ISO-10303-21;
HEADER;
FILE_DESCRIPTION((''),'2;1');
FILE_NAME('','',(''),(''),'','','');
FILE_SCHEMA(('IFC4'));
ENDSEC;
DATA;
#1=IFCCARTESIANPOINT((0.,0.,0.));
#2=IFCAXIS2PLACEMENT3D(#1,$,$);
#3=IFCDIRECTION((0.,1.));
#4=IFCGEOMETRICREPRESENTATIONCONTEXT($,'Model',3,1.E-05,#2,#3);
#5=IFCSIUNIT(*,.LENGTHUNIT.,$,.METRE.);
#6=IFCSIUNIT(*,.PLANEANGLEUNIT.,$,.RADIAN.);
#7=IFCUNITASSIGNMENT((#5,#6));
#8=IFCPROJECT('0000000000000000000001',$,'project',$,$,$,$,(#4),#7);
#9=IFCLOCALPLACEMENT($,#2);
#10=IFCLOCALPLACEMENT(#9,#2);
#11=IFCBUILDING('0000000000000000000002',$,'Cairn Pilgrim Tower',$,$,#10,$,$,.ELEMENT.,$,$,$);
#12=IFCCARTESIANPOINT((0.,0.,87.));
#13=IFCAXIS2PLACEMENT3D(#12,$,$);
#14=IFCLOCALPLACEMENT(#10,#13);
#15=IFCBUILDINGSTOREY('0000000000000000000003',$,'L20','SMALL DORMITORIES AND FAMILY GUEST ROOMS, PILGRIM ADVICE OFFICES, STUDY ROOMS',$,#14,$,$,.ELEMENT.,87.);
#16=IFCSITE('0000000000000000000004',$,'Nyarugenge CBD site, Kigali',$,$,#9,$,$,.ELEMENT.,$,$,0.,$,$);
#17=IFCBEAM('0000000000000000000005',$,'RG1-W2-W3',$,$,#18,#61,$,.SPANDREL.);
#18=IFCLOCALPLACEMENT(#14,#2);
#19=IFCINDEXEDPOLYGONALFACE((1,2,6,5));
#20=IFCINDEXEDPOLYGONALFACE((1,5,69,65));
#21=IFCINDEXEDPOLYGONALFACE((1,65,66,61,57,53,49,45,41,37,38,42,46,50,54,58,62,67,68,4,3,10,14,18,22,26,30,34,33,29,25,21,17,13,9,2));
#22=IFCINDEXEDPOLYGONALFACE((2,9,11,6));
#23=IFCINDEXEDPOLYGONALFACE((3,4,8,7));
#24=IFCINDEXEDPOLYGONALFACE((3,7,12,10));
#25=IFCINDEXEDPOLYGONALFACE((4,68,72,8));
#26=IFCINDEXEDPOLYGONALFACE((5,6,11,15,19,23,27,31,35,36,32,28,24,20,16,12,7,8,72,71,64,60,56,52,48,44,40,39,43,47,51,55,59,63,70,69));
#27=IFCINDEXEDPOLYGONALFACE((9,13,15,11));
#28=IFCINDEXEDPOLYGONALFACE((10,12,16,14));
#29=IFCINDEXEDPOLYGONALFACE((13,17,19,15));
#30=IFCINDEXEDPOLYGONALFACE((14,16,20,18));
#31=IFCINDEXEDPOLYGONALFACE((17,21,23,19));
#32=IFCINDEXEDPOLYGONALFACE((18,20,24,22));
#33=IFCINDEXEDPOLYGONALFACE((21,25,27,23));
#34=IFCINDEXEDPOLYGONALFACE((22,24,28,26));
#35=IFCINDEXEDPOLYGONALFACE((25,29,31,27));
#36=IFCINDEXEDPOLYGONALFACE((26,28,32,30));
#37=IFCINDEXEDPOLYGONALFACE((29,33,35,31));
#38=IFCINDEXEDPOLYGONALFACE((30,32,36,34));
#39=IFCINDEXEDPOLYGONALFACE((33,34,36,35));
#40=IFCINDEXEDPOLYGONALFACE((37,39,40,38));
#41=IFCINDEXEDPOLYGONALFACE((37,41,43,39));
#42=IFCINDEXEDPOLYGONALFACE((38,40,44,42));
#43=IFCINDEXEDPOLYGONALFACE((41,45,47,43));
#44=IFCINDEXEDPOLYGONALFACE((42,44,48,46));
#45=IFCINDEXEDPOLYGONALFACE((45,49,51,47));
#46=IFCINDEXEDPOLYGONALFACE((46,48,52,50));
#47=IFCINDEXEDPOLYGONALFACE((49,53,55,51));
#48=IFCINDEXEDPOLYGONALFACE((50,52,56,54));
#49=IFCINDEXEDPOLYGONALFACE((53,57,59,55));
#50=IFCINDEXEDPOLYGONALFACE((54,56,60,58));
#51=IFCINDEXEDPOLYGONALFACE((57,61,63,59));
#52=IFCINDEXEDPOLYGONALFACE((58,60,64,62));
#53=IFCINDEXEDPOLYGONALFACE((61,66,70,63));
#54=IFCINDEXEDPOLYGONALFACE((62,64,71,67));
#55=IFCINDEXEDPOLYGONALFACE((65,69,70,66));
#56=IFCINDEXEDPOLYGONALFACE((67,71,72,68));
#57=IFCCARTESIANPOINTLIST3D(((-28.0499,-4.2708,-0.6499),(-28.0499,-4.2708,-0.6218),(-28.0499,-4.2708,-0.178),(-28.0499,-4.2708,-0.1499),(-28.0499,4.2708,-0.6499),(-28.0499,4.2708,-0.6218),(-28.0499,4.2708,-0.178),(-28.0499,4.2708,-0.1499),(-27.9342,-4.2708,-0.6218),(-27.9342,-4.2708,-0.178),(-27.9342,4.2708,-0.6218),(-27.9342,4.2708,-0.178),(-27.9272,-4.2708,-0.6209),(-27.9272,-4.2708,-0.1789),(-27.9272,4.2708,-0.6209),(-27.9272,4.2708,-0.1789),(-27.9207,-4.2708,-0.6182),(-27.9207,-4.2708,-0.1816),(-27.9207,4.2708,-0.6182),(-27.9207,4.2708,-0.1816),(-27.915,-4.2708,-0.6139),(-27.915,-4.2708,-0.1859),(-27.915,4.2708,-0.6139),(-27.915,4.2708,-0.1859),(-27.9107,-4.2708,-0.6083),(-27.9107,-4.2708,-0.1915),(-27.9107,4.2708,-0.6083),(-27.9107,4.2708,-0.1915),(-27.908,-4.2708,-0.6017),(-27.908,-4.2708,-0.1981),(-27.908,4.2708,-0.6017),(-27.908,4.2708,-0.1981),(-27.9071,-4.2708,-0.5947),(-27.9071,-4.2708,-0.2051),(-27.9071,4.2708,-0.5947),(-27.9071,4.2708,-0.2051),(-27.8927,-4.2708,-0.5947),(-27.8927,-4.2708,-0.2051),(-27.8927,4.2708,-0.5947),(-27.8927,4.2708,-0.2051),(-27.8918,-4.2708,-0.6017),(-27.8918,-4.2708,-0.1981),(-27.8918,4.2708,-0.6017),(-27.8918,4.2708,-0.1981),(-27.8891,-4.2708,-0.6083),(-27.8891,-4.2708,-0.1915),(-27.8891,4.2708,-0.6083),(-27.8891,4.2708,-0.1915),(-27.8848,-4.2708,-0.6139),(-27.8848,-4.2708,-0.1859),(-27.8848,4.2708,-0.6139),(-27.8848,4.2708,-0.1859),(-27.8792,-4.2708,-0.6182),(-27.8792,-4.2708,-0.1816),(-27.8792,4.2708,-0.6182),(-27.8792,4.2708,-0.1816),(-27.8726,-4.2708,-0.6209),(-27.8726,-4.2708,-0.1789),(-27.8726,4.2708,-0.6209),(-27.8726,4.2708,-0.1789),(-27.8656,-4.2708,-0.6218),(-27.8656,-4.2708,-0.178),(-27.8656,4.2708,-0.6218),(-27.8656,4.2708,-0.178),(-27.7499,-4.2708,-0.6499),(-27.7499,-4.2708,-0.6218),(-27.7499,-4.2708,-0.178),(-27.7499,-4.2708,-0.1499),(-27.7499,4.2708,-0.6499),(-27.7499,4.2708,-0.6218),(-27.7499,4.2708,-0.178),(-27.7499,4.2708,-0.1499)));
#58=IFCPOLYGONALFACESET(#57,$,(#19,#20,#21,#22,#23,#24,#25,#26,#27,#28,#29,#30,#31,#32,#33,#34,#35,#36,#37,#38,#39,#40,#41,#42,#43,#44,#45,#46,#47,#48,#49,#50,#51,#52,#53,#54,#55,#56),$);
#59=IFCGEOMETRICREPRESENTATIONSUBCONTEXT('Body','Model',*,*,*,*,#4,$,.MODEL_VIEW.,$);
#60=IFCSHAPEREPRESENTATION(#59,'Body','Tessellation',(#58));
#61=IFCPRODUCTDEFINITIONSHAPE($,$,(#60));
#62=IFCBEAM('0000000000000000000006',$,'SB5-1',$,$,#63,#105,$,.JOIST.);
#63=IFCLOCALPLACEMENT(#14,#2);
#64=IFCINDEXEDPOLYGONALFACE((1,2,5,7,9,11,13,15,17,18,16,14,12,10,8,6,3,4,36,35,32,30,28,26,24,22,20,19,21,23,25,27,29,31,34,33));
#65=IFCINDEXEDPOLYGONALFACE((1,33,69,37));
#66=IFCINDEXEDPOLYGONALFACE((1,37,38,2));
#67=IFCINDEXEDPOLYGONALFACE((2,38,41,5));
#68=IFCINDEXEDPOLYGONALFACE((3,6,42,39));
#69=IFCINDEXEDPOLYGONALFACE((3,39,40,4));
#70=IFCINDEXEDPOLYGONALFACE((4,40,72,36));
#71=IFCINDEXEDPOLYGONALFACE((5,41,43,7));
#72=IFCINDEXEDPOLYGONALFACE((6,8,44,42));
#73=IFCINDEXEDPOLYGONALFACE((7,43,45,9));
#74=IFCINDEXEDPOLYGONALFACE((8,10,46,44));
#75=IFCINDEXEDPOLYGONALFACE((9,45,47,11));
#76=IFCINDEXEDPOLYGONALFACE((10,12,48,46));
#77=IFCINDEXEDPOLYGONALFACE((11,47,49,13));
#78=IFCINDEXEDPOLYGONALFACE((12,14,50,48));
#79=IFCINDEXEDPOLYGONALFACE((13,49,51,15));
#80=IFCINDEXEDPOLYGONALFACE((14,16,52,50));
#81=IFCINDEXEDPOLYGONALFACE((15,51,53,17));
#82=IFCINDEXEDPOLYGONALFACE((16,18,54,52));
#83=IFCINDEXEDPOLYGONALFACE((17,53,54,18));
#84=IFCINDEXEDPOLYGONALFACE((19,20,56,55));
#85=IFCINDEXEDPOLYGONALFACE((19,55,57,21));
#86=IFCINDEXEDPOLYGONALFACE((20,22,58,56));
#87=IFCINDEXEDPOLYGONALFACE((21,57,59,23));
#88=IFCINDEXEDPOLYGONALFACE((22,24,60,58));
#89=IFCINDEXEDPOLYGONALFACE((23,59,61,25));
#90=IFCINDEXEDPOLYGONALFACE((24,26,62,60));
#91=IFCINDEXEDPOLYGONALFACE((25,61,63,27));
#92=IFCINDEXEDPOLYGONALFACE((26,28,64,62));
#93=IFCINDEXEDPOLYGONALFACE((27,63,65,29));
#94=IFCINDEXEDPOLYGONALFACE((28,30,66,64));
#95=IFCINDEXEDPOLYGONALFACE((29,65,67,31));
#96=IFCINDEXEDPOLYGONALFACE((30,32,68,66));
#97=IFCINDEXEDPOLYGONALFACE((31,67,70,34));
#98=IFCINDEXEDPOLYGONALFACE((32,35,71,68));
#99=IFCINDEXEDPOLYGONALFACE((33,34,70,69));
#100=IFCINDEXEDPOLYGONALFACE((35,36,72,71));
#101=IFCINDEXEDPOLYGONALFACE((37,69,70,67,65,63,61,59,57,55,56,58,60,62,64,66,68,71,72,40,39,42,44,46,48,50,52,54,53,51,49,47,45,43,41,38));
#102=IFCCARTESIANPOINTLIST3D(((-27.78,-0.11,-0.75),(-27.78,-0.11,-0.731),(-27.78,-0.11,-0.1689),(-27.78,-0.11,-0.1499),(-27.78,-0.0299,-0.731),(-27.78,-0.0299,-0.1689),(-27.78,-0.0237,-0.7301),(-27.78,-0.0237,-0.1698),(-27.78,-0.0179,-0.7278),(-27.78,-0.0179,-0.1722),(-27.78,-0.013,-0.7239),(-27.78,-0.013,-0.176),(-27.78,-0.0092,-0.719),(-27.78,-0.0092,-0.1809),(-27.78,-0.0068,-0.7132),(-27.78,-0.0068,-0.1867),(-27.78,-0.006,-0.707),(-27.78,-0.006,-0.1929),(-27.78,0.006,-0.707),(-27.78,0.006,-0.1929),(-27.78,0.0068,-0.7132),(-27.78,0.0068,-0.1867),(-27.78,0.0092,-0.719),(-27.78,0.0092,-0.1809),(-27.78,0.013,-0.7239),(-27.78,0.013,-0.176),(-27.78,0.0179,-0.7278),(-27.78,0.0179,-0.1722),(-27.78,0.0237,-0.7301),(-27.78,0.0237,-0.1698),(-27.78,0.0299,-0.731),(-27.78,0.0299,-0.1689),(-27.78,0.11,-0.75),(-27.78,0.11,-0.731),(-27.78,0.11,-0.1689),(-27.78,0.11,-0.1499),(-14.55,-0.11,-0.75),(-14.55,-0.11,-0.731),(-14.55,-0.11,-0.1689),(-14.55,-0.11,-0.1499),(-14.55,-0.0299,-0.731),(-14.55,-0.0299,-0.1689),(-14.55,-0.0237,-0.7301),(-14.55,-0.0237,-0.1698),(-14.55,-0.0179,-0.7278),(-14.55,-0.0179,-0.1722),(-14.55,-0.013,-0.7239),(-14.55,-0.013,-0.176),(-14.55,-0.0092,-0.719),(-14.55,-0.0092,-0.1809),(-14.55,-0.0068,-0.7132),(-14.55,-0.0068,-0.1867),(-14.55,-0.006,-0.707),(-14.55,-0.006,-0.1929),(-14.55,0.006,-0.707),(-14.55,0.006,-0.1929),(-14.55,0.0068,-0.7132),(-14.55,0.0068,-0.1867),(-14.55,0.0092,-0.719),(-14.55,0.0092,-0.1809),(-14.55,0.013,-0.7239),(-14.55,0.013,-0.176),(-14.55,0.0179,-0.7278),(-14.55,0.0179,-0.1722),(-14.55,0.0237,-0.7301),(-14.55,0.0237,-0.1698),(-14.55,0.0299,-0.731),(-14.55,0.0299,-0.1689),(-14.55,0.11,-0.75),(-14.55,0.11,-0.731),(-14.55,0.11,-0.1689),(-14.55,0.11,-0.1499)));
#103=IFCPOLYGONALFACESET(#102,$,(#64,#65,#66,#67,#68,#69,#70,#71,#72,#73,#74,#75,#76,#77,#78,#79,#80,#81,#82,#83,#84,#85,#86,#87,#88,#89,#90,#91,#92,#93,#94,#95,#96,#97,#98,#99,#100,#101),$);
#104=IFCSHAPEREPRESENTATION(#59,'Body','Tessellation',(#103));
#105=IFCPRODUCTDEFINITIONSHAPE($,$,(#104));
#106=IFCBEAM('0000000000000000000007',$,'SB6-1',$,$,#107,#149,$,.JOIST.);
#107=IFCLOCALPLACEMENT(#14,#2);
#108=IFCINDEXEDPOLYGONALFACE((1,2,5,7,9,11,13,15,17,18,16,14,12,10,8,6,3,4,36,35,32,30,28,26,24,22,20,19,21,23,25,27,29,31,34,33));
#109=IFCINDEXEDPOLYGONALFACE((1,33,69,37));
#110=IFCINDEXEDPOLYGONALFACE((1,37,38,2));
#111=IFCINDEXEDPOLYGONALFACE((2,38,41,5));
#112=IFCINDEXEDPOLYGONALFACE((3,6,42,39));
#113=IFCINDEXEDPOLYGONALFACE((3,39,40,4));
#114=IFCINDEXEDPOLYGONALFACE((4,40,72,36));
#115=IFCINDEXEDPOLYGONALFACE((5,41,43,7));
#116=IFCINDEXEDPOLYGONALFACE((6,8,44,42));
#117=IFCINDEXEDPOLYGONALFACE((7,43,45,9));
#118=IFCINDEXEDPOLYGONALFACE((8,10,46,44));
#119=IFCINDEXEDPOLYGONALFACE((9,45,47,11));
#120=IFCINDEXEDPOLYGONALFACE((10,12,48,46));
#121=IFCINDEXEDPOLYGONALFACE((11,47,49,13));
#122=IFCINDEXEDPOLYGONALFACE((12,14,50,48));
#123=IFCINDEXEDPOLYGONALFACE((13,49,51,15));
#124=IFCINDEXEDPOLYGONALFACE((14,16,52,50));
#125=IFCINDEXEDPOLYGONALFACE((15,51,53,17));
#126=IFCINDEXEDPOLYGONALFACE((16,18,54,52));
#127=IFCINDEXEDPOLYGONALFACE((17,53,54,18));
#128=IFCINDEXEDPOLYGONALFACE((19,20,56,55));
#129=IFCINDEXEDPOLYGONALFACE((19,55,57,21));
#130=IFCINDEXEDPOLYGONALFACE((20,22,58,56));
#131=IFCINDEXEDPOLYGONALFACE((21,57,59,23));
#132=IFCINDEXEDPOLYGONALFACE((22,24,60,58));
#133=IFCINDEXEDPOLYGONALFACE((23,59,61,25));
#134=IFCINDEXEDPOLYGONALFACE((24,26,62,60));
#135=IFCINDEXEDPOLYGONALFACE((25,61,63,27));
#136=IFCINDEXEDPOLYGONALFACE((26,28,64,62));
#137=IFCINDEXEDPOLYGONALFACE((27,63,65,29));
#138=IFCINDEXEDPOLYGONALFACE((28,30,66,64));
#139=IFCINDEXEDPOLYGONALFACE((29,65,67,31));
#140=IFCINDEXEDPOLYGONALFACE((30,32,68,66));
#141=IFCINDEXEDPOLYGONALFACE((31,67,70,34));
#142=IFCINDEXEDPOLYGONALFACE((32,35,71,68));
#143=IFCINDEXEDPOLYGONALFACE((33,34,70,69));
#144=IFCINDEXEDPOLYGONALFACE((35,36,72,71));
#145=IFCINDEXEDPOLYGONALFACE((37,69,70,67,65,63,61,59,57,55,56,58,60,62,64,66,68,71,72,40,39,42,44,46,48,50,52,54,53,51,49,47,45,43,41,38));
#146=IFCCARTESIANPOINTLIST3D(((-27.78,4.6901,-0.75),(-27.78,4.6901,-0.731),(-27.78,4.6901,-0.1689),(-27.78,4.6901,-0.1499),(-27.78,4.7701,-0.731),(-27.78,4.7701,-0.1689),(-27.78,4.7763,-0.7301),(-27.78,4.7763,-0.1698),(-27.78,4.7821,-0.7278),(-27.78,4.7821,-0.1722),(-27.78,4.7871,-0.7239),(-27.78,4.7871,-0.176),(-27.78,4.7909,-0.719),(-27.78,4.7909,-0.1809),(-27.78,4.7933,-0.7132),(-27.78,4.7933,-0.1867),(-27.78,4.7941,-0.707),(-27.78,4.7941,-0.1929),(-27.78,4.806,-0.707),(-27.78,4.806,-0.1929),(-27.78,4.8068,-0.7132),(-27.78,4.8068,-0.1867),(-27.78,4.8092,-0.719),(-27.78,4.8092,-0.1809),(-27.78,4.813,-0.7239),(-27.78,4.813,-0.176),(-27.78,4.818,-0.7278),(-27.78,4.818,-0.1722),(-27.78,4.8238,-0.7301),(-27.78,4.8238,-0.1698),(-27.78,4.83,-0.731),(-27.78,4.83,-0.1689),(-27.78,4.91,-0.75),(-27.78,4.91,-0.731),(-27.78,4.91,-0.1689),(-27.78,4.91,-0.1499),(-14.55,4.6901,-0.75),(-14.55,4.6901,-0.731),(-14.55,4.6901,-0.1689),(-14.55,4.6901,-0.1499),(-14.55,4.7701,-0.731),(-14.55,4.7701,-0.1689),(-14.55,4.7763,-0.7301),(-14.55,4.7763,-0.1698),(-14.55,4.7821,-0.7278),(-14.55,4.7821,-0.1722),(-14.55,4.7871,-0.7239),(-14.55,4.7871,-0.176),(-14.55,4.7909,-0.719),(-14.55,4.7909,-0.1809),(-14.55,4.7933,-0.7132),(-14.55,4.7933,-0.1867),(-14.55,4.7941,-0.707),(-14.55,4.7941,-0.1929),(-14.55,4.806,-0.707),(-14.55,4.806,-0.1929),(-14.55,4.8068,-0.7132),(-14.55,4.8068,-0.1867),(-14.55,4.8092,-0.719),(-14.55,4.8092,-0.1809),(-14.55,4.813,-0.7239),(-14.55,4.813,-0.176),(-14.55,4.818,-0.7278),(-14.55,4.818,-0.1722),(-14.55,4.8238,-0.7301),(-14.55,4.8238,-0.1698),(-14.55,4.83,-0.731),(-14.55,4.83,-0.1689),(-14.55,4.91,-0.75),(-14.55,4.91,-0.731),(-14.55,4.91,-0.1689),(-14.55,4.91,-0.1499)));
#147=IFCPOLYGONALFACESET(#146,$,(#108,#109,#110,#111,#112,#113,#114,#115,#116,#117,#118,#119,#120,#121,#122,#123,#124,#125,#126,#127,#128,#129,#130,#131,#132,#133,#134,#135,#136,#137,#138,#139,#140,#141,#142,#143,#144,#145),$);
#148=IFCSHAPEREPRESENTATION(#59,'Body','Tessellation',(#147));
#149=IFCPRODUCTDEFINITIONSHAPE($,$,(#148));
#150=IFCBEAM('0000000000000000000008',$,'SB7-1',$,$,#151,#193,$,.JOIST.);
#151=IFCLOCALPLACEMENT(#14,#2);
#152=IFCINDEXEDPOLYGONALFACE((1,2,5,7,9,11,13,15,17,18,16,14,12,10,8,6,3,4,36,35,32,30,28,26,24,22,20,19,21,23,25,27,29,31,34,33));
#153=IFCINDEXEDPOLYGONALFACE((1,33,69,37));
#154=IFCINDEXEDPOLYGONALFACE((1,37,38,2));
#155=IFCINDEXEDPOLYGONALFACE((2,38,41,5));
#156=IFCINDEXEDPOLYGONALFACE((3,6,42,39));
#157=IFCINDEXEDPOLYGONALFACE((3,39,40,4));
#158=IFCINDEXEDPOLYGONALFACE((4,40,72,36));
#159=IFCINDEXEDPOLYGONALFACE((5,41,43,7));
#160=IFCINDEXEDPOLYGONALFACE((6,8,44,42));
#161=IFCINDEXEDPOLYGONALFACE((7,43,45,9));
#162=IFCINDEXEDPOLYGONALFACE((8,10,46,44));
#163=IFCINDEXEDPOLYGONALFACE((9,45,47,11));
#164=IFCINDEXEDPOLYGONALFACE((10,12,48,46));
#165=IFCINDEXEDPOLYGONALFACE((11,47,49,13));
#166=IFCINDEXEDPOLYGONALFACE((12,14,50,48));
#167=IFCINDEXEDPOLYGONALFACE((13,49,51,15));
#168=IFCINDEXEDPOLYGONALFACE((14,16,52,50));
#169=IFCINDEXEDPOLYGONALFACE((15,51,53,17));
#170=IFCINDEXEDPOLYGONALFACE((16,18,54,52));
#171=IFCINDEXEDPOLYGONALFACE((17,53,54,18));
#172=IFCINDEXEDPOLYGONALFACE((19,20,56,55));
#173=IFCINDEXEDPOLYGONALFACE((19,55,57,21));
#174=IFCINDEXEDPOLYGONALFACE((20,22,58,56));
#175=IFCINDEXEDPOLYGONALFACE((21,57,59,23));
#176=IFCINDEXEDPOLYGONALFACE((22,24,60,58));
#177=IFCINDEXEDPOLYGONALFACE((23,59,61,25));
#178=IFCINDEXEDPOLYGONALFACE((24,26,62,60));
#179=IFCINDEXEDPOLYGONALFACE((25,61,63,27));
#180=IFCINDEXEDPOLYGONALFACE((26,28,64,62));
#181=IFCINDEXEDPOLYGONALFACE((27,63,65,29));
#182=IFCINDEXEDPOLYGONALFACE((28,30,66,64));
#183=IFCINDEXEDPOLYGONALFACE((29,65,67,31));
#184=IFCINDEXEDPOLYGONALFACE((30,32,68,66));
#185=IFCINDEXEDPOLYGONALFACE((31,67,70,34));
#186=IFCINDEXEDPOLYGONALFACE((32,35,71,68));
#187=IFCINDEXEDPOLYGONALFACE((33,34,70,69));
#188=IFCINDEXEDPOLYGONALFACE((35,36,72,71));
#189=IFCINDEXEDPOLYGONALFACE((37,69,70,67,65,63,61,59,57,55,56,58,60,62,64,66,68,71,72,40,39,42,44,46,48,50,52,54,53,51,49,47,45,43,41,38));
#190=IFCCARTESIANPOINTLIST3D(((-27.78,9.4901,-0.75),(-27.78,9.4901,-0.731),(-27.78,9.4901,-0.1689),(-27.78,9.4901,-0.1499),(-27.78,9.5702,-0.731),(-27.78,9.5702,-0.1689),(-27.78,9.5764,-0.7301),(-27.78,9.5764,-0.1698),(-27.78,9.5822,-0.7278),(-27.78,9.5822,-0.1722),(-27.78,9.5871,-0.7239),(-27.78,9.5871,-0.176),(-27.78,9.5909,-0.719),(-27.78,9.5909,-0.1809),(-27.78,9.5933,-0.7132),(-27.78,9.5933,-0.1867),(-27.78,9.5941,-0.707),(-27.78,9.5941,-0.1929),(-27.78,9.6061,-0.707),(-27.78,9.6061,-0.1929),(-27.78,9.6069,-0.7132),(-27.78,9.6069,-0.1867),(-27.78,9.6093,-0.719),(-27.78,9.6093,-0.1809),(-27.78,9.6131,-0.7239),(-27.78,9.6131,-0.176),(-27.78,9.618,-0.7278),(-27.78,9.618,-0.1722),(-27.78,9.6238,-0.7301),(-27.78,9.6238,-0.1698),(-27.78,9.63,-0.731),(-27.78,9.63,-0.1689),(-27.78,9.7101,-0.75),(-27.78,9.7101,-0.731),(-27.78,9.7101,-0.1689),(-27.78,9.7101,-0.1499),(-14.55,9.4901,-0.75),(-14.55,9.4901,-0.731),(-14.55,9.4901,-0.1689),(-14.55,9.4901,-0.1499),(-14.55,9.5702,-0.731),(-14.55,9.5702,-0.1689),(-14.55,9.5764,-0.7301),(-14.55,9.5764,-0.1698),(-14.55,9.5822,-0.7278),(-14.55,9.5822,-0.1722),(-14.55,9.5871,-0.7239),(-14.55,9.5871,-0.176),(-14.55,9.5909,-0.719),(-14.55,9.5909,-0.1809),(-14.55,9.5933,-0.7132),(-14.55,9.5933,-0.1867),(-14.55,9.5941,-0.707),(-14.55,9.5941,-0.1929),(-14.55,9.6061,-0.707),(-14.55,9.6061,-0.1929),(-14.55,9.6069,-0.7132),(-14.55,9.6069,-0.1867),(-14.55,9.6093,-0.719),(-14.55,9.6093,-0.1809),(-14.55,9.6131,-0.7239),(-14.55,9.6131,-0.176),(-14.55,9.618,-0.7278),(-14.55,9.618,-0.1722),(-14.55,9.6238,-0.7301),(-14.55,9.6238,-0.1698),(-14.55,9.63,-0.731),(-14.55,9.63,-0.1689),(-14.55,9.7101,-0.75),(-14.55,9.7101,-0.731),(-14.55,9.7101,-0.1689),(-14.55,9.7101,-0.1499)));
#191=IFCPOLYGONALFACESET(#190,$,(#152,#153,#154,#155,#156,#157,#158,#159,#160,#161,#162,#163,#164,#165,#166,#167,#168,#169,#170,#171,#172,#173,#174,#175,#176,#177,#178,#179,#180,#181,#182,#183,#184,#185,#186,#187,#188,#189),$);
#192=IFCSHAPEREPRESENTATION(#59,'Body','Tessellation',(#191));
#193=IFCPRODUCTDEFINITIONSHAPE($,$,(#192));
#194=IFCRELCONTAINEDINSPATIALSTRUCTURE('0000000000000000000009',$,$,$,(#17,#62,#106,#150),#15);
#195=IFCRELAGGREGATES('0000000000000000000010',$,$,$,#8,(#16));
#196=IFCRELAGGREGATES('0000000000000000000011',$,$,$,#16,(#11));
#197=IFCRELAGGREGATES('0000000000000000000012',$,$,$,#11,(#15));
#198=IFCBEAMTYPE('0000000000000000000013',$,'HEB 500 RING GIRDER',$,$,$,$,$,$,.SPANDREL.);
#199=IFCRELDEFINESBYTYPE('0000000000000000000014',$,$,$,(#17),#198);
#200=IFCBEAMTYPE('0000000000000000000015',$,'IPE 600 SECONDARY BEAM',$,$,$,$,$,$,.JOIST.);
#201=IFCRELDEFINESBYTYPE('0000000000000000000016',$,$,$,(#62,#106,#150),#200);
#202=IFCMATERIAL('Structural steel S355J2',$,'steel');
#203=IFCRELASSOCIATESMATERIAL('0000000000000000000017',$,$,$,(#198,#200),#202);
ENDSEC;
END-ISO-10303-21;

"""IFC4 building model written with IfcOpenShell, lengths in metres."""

from ifc_helpers import new_model, si_unit, direction, frame, origin, origin_2d, place, context, subcontext, project, spatial, i_section, extrude, material, material_profile, profile_set, type_object, element, save


model = new_model("IFC4")

# Units and contexts
model_context = context("Model", 3, precision=1e-05, world=origin(), true_north=direction((0.0, 1.0)))
body_context = subcontext(model_context, "Body", "Model", "MODEL_VIEW")
ifc_project = project(units=[si_unit("LENGTHUNIT", "METRE"), si_unit("PLANEANGLEUNIT", "RADIAN")], contexts=[model_context])

# Site, building, storey
site_placement = place(None, origin())
site = spatial("IfcSite", under=ifc_project, at=site_placement, Name="Nyarugenge CBD site, Kigali", CompositionType="ELEMENT", RefElevation=0.0)
building_placement = place(site_placement, origin())
building = spatial("IfcBuilding", under=site, at=building_placement, Name="Cairn Pilgrim Tower", CompositionType="ELEMENT")
storey_placement = place(building_placement, frame((0.0, 0.0, 87.0)))
storey = spatial("IfcBuildingStorey", under=building, at=storey_placement, Name="L20", Description="SMALL DORMITORIES AND FAMILY GUEST ROOMS, PILGRIM ADVICE OFFICES, STUDY ROOMS", CompositionType="ELEMENT", Elevation=87.0)

# Beams
ifc_material_1 = material(Name="Structural steel S355J2", Category="steel")
ifc_material_profile_1 = material_profile(ifc_material_1, i_section(OverallWidth=0.3, OverallDepth=0.5, WebThickness=0.0144, FlangeThickness=0.0281, FilletRadius=0.0271, at=origin_2d()), Name="HEB 500")
ifc_profile_set_1 = profile_set([ifc_material_profile_1], Name="Structural steel S355J2")
beam_type_1 = type_object("IfcBeamType", Name="HEB 500 RING GIRDER", PredefinedType="SPANDREL", material=ifc_profile_set_1)
for number, where, z_axis, x_axis, name in (
    (1, (-27.8999, 4.2708, -0.3999), (0.0, -1.0, 0.0), (1.0, 0.0, 0.0), "RG1-W2-W3"),
):
    element("IfcBeam", number, at=place(storey_placement, frame(where, z_axis=z_axis, x_axis=x_axis)), inside=storey, type_object=beam_type_1, Name=name, PredefinedType="SPANDREL", context=body_context, shape_type="SweptSolid", body=[
        extrude(i_section(OverallWidth=0.3, OverallDepth=0.5, WebThickness=0.0144, FlangeThickness=0.0281, FilletRadius=0.0271, at=origin_2d()), origin(), (0.0, 0.0, 1.0), 8.5415),
    ])
ifc_material_profile_2 = material_profile(ifc_material_1, i_section(OverallWidth=0.22, OverallDepth=0.6001, WebThickness=0.012, FlangeThickness=0.019, FilletRadius=0.0239, at=origin_2d()), Name="IPE 600")
ifc_profile_set_2 = profile_set([ifc_material_profile_2], Name="Structural steel S355J2")
beam_type_2 = type_object("IfcBeamType", Name="IPE 600 SECONDARY BEAM", PredefinedType="JOIST", material=ifc_profile_set_2)
for number, where, z_axis, x_axis, name in (
    (2, (-27.78, 0.0, -0.45), (1.0, 0.0, 0.0), (0.0, 1.0, 0.0), "SB5-1"),
    (3, (-27.78, 4.8, -0.45), (1.0, 0.0, 0.0), (0.0, 1.0, 0.0), "SB6-1"),
    (4, (-27.78, 9.6001, -0.45), (1.0, 0.0, 0.0), (0.0, 1.0, 0.0), "SB7-1"),
):
    element("IfcBeam", number, at=place(storey_placement, frame(where, z_axis=z_axis, x_axis=x_axis)), inside=storey, type_object=beam_type_2, Name=name, PredefinedType="JOIST", context=body_context, shape_type="SweptSolid", body=[
        extrude(i_section(OverallWidth=0.22, OverallDepth=0.6001, WebThickness=0.012, FlangeThickness=0.019, FilletRadius=0.0239, at=origin_2d()), origin(), (0.0, 0.0, 1.0), 13.23),
    ])

save(model, "model.ifc")
